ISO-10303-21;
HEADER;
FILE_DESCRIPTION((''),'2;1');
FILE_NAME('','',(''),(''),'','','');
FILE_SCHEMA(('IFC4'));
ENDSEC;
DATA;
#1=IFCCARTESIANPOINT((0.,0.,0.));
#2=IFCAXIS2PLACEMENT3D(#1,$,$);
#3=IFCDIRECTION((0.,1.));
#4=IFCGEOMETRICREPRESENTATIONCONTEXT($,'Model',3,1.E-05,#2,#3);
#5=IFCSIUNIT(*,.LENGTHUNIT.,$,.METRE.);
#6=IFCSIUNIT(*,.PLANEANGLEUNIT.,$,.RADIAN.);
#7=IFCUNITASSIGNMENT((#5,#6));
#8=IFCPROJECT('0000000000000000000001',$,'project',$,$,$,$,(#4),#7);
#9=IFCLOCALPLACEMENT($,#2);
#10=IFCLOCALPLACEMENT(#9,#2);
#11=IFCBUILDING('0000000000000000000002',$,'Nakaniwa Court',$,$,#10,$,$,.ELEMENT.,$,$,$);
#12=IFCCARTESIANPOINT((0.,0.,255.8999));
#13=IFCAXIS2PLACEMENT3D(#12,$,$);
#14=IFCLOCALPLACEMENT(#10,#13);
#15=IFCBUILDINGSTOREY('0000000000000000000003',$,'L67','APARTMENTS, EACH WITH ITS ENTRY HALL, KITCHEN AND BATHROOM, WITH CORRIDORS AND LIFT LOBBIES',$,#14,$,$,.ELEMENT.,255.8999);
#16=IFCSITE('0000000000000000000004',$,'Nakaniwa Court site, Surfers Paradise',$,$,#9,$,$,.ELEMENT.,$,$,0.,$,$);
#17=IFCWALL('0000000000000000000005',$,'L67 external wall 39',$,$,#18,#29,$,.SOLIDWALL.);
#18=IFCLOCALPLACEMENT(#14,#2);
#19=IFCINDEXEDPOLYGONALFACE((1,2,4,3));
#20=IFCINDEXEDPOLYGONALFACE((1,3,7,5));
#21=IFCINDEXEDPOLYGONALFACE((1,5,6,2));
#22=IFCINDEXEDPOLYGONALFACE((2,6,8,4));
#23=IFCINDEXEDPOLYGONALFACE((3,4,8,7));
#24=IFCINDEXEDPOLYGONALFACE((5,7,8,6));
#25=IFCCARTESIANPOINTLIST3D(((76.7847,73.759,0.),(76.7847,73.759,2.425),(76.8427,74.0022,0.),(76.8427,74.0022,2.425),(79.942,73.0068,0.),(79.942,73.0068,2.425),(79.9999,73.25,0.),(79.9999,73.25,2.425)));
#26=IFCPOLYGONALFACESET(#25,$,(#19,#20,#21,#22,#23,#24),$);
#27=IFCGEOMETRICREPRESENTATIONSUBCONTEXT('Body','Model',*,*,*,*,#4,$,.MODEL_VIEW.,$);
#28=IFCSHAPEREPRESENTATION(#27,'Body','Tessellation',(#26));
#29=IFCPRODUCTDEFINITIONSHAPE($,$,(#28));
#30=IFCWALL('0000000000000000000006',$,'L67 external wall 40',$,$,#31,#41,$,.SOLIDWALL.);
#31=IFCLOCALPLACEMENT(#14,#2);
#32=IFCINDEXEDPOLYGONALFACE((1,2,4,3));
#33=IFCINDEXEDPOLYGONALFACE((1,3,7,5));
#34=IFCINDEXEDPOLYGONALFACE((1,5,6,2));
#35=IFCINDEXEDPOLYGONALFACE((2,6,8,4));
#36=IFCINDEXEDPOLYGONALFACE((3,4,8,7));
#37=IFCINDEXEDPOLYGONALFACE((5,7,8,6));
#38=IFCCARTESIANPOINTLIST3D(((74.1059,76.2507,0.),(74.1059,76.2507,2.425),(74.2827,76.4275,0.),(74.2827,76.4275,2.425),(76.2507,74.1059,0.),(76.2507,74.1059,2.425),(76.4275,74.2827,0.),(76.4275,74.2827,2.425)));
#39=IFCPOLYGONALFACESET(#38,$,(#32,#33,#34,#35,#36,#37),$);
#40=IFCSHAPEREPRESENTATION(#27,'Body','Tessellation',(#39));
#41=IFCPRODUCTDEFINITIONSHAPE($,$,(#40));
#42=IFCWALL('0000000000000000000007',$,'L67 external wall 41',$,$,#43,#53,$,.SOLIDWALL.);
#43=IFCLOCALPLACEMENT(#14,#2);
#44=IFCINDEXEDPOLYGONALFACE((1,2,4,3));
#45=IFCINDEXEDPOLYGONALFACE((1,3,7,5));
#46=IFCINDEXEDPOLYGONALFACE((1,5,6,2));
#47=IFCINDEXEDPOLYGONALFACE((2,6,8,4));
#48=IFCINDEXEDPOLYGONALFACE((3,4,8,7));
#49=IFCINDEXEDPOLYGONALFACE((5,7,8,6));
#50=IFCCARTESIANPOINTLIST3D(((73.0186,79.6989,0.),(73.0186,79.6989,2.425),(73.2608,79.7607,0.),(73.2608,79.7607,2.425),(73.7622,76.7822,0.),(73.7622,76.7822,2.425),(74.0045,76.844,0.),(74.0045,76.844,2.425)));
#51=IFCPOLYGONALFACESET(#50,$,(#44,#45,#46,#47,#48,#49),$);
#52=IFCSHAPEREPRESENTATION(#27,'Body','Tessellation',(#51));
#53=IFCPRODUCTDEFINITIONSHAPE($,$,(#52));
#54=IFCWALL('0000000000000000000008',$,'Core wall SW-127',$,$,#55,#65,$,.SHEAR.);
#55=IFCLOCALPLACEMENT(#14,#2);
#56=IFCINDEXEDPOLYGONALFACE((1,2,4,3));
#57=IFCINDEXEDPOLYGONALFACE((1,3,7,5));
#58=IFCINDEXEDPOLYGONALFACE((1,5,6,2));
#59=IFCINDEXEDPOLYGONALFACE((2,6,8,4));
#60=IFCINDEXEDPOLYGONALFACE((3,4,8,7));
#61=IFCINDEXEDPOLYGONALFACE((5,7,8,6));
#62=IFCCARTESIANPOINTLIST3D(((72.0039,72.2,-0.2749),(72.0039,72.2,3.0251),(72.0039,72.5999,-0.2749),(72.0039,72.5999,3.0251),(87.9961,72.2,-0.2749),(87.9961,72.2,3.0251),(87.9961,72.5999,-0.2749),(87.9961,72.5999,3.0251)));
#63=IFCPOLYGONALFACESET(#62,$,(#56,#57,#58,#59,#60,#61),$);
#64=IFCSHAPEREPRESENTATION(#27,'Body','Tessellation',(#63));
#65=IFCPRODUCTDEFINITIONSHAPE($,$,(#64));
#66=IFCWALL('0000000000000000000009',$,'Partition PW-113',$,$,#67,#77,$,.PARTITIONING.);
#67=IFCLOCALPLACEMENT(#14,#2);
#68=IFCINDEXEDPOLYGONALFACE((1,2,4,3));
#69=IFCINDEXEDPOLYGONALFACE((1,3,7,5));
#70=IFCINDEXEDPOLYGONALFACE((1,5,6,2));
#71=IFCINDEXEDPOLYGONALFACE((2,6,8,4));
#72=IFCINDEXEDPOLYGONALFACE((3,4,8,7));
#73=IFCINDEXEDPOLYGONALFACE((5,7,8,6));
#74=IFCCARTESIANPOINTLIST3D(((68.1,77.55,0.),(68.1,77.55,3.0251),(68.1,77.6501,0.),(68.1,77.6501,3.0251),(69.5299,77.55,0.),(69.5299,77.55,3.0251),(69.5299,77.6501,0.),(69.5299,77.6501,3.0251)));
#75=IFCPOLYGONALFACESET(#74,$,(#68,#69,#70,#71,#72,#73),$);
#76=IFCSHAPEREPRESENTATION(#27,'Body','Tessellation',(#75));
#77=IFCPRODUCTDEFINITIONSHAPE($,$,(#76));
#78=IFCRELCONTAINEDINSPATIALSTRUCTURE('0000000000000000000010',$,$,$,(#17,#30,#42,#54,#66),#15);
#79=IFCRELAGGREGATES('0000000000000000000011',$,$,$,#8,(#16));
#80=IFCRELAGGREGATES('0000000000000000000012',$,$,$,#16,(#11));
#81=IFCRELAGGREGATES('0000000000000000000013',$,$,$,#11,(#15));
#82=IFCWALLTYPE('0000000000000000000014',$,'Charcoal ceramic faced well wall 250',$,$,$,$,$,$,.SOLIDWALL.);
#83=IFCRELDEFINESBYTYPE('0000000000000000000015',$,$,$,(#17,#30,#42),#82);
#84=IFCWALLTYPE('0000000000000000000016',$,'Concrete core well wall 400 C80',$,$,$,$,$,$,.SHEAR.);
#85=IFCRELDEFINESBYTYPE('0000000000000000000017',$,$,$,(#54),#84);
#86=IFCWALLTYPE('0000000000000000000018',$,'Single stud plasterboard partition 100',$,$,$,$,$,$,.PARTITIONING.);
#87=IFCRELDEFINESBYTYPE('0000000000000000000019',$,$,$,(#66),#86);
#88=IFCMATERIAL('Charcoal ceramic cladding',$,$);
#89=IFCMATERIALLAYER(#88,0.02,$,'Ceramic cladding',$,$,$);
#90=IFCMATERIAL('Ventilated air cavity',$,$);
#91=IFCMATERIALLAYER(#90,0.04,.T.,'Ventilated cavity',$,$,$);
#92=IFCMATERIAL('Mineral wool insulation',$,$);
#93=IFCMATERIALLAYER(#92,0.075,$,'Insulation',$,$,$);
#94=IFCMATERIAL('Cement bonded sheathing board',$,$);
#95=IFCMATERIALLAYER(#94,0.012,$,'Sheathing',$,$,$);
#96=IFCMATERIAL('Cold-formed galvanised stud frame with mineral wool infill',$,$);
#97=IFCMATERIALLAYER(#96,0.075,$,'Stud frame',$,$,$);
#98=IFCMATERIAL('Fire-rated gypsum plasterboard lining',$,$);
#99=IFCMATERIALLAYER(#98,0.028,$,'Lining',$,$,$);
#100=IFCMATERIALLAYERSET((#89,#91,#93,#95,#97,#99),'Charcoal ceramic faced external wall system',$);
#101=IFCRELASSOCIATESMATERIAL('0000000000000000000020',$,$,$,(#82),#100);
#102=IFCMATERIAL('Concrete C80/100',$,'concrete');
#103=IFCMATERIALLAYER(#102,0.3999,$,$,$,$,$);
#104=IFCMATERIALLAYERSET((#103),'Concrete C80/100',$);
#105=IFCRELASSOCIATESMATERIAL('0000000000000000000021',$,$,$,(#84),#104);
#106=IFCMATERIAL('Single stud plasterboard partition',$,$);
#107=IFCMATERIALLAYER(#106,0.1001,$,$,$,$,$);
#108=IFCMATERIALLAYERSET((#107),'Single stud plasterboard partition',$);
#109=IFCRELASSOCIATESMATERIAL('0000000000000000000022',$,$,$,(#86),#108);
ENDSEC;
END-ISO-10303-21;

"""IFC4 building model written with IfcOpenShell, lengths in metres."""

from ifc_helpers import new_model, si_unit, direction, frame, frame_2d, origin, place, context, subcontext, project, spatial, rectangle, extrude, material, layer, layer_set, type_object, element, save


model = new_model("IFC4")

# Units and contexts
model_context = context("Model", 3, precision=1e-05, world=origin(), true_north=direction((0.0, 1.0)))
body_context = subcontext(model_context, "Body", "Model", "MODEL_VIEW")
ifc_project = project(units=[si_unit("LENGTHUNIT", "METRE"), si_unit("PLANEANGLEUNIT", "RADIAN")], contexts=[model_context])

# Site, building, storey
site_placement = place(None, origin())
site = spatial("IfcSite", under=ifc_project, at=site_placement, Name="Nakaniwa Court site, Surfers Paradise", CompositionType="ELEMENT", RefElevation=0.0)
building_placement = place(site_placement, origin())
building = spatial("IfcBuilding", under=site, at=building_placement, Name="Nakaniwa Court", CompositionType="ELEMENT")
storey_placement = place(building_placement, frame((0.0, 0.0, 255.8999)))
storey = spatial("IfcBuildingStorey", under=building, at=storey_placement, Name="L67", Description="APARTMENTS, EACH WITH ITS ENTRY HALL, KITCHEN AND BATHROOM, WITH CORRIDORS AND LIFT LOBBIES", CompositionType="ELEMENT", Elevation=255.8999)

# Shared definitions
ifc_material_1 = material(Name="Concrete C80/100", Category="concrete")

# Walls
ifc_material_2 = material(Name="Charcoal ceramic cladding")
ifc_layer_1 = layer(ifc_material_2, 0.02, Name="Ceramic cladding")
ifc_material_3 = material(Name="Ventilated air cavity")
ifc_layer_2 = layer(ifc_material_3, 0.04, ventilated=True, Name="Ventilated cavity")
ifc_material_4 = material(Name="Mineral wool insulation")
ifc_layer_3 = layer(ifc_material_4, 0.075, Name="Insulation")
ifc_material_5 = material(Name="Cement bonded sheathing board")
ifc_layer_4 = layer(ifc_material_5, 0.012, Name="Sheathing")
ifc_material_6 = material(Name="Cold-formed galvanised stud frame with mineral wool infill")
ifc_layer_5 = layer(ifc_material_6, 0.075, Name="Stud frame")
ifc_material_7 = material(Name="Fire-rated gypsum plasterboard lining")
ifc_layer_6 = layer(ifc_material_7, 0.028, Name="Lining")
ifc_layer_set_1 = layer_set([ifc_layer_1, ifc_layer_2, ifc_layer_3, ifc_layer_4, ifc_layer_5, ifc_layer_6], Name="Charcoal ceramic faced external wall system")
wall_type_1 = type_object("IfcWallType", Name="Charcoal ceramic faced well wall 250", PredefinedType="SOLIDWALL", material=ifc_layer_set_1)
wall_1_placement = place(storey_placement, frame((79.9709, 73.1284, 0.0), z_axis=(0.0, 0.0, 1.0), x_axis=(-0.972773, 0.23176, 0.0)))
element("IfcWall", 1, at=wall_1_placement, inside=storey, type_object=wall_type_1, Name="L67 external wall 39", PredefinedType="SOLIDWALL", context=body_context, shape_type="SweptSolid", body=[
    extrude(rectangle(XDim=3.2456, YDim=0.25, at=frame_2d((1.6228, 0.0))), origin(), (0.0, 0.0, 1.0), 2.425),
])
wall_2_placement = place(storey_placement, frame((76.3391, 74.1943, 0.0), z_axis=(0.0, 0.0, 1.0), x_axis=(-0.707107, 0.707107, 0.0)))
element("IfcWall", 2, at=wall_2_placement, inside=storey, type_object=wall_type_1, Name="L67 external wall 40", PredefinedType="SOLIDWALL", context=body_context, shape_type="SweptSolid", body=[
    extrude(rectangle(XDim=3.0332, YDim=0.25, at=frame_2d((1.5166, 0.0))), origin(), (0.0, 0.0, 1.0), 2.425),
])
wall_3_placement = place(storey_placement, frame((73.8833, 76.8132, 0.0), z_axis=(0.0, 0.0, 1.0), x_axis=(-0.247056, 0.969001, 0.0)))
element("IfcWall", 3, at=wall_3_placement, inside=storey, type_object=wall_type_1, Name="L67 external wall 41", PredefinedType="SOLIDWALL", context=body_context, shape_type="SweptSolid", body=[
    extrude(rectangle(XDim=3.01, YDim=0.25, at=frame_2d((1.5049, 0.0))), origin(), (0.0, 0.0, 1.0), 2.425),
])
ifc_layer_7 = layer(ifc_material_1, 0.3999)
ifc_layer_set_2 = layer_set([ifc_layer_7], Name="Concrete C80/100")
wall_type_2 = type_object("IfcWallType", Name="Concrete core well wall 400 C80", PredefinedType="SHEAR", material=ifc_layer_set_2)
wall_4_placement = place(storey_placement, frame((72.0039, 72.3999, -0.2749), z_axis=(0.0, 0.0, 1.0), x_axis=(1.0, 0.0, 0.0)))
element("IfcWall", 4, at=wall_4_placement, inside=storey, type_object=wall_type_2, Name="Core wall SW-127", PredefinedType="SHEAR", context=body_context, shape_type="SweptSolid", body=[
    extrude(rectangle(XDim=15.9922, YDim=0.3999, at=frame_2d((7.9961, 0.0))), origin(), (0.0, 0.0, 1.0), 3.3),
])
ifc_material_8 = material(Name="Single stud plasterboard partition")
ifc_layer_8 = layer(ifc_material_8, 0.1001)
ifc_layer_set_3 = layer_set([ifc_layer_8], Name="Single stud plasterboard partition")
wall_type_3 = type_object("IfcWallType", Name="Single stud plasterboard partition 100", PredefinedType="PARTITIONING", material=ifc_layer_set_3)
wall_5_placement = place(storey_placement, frame((68.1001, 77.6001, 0.0), z_axis=(0.0, 0.0, 1.0), x_axis=(1.0, 0.0, 0.0)))
element("IfcWall", 5, at=wall_5_placement, inside=storey, type_object=wall_type_3, Name="Partition PW-113", PredefinedType="PARTITIONING", context=body_context, shape_type="SweptSolid", body=[
    extrude(rectangle(XDim=1.4299, YDim=0.1001, at=frame_2d((0.7148, 0.0))), origin(), (0.0, 0.0, 1.0), 3.0251),
])

save(model, "model.ifc")
